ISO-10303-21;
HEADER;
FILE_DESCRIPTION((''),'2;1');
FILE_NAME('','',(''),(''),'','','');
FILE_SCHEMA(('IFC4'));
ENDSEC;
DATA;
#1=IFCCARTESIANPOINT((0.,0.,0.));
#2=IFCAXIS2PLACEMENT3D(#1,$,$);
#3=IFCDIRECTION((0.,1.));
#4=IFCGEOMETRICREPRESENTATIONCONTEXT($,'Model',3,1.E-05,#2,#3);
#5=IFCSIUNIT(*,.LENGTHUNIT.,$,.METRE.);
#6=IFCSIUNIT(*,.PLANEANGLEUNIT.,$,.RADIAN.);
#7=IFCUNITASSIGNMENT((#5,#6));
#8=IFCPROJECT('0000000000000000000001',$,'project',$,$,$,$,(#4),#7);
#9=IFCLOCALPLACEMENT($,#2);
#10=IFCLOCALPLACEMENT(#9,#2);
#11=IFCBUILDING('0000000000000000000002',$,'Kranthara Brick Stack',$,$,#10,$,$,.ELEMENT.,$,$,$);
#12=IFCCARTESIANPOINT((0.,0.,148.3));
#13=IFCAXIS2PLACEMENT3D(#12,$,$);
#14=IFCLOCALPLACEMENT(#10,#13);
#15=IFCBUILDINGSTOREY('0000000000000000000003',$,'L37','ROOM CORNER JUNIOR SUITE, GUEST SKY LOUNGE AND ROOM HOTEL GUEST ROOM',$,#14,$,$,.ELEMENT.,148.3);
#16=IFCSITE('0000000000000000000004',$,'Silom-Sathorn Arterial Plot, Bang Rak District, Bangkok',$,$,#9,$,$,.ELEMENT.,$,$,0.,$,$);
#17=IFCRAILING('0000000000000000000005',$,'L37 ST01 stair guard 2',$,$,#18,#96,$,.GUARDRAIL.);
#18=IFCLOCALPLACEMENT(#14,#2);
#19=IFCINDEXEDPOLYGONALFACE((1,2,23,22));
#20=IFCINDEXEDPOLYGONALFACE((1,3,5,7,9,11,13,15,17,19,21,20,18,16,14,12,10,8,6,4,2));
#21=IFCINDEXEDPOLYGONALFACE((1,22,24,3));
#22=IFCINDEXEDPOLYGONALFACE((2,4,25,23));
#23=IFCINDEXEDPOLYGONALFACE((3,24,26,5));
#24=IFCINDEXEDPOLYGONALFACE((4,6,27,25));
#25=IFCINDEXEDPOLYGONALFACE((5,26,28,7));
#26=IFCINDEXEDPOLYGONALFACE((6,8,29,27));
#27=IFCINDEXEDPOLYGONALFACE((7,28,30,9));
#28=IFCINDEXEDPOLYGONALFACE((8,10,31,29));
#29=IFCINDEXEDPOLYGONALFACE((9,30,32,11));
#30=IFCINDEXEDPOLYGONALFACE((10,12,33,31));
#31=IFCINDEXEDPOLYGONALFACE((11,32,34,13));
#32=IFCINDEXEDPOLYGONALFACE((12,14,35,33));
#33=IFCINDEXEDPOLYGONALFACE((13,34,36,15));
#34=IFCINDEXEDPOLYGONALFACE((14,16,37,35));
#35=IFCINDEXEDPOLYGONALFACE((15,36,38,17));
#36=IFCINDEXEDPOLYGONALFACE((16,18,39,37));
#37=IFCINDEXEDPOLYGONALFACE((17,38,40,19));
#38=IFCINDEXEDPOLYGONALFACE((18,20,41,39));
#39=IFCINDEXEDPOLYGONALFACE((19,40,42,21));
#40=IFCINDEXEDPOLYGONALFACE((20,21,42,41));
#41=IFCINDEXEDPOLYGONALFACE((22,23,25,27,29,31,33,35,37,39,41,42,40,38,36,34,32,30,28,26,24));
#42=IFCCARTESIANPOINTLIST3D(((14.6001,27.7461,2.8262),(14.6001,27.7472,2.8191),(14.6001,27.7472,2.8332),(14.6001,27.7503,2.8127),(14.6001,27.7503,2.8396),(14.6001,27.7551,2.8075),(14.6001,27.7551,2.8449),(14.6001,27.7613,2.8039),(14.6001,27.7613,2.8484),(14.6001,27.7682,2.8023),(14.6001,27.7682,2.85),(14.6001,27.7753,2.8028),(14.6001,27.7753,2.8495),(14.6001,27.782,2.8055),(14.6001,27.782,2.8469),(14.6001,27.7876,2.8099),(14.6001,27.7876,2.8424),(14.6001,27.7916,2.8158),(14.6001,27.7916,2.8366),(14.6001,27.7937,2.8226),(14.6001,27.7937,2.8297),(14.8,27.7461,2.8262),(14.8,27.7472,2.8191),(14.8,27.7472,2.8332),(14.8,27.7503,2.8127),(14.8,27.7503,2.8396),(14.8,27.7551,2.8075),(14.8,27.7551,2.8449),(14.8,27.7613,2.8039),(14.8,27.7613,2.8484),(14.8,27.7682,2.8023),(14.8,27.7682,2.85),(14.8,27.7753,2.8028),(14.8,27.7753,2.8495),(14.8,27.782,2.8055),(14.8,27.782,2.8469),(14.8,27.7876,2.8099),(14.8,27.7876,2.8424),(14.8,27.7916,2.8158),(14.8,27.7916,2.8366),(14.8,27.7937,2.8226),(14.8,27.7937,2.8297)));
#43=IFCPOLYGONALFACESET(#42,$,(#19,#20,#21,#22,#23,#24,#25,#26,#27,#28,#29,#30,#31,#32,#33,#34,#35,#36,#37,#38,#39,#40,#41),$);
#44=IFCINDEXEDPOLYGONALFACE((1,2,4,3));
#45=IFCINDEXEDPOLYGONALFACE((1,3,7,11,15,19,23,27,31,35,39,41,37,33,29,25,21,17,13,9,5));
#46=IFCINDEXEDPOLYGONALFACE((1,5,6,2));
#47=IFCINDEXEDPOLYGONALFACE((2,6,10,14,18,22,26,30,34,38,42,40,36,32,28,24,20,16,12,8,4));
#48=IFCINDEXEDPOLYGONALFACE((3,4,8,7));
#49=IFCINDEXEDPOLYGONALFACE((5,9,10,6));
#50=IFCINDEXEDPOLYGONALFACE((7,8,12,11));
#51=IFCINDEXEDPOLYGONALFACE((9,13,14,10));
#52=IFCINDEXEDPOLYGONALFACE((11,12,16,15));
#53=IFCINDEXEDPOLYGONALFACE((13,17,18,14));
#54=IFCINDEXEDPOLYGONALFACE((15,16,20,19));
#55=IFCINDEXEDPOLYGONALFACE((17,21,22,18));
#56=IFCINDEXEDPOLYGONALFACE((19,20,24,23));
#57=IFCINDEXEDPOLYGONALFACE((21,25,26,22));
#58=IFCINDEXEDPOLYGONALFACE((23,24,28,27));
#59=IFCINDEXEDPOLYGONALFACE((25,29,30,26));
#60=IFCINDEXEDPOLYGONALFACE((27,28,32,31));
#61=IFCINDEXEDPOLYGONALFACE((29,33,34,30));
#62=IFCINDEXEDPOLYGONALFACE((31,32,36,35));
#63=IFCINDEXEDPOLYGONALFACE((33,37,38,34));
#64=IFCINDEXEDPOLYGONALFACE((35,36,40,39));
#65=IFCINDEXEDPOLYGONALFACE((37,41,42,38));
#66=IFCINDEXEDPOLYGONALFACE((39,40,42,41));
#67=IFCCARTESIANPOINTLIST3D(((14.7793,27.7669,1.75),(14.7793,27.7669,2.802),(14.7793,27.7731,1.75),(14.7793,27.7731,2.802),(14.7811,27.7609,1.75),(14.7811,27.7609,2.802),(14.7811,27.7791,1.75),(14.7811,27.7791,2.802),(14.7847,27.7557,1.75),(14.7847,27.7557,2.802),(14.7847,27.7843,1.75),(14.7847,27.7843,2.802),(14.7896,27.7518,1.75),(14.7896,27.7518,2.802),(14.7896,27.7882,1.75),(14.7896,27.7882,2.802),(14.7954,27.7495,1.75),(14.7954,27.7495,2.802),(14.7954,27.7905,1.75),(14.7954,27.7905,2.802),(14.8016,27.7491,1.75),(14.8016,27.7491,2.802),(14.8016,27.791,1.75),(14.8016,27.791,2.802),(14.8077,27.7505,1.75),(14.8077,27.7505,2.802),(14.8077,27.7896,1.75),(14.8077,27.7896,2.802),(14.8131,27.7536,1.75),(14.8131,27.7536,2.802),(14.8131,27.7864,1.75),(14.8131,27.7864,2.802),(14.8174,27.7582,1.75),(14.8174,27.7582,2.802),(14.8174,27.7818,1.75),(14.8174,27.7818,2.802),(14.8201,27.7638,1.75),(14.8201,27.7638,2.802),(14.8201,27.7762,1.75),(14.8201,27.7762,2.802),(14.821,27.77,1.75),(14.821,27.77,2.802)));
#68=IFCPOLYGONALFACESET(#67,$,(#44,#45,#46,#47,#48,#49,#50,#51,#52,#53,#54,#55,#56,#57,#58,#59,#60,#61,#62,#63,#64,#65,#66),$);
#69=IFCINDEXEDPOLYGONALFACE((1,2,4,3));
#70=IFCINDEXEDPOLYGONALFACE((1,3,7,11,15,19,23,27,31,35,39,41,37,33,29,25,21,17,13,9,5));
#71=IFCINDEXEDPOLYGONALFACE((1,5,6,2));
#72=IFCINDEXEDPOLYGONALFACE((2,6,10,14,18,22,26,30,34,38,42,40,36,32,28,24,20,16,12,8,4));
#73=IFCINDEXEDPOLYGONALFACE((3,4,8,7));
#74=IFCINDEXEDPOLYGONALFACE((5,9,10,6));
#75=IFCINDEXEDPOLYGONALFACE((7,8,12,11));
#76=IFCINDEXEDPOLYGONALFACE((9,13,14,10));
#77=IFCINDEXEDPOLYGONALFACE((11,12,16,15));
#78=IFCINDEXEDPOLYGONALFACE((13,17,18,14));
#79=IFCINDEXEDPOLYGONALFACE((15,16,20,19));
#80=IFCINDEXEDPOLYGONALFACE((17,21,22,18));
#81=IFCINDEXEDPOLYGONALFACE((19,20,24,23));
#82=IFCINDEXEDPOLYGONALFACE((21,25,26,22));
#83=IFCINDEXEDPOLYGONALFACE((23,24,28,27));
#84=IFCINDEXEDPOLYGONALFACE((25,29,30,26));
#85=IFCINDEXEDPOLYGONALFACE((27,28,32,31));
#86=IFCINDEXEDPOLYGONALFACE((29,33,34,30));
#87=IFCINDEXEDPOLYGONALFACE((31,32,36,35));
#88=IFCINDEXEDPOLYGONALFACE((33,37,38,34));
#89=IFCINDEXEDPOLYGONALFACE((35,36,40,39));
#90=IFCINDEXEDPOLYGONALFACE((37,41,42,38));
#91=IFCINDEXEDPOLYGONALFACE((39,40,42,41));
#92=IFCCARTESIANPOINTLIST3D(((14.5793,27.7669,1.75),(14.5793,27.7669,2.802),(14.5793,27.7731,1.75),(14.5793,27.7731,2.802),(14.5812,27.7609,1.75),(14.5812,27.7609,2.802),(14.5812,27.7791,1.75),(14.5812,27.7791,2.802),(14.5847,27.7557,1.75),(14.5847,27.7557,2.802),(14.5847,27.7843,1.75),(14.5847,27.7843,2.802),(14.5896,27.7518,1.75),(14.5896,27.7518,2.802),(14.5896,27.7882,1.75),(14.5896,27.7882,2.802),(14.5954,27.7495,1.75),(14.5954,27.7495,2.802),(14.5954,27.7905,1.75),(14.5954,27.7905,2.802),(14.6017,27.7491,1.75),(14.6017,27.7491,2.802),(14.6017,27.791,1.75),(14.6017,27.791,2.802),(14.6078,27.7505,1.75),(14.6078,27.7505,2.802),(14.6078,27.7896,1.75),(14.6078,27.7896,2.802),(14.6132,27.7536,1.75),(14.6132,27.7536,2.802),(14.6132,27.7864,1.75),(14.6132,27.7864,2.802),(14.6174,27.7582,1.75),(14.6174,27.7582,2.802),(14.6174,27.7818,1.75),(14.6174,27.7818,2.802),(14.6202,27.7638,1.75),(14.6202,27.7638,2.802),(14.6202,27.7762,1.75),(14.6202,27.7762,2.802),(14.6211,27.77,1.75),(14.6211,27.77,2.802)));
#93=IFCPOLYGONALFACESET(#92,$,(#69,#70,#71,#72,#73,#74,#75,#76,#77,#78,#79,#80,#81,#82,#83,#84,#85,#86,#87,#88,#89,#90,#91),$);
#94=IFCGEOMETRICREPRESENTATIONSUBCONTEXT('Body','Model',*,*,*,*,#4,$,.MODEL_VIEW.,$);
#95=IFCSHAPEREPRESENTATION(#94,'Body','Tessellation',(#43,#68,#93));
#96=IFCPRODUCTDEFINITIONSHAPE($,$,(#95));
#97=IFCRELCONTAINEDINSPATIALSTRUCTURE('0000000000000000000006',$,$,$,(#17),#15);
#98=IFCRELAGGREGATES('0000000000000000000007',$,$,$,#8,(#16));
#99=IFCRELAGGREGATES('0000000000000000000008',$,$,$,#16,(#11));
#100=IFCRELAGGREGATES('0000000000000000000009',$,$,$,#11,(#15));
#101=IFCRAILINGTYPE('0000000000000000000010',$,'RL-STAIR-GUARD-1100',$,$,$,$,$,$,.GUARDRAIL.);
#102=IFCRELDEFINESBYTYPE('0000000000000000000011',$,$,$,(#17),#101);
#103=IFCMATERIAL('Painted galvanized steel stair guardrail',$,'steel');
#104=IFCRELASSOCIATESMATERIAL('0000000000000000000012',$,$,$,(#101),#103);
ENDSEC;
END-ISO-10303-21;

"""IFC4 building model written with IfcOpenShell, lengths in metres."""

from ifc_helpers import new_model, si_unit, direction, frame, origin, origin_2d, place, context, subcontext, project, spatial, circle, extrude, material, type_object, element, save


model = new_model("IFC4")

# Units and contexts
model_context = context("Model", 3, precision=1e-05, world=origin(), true_north=direction((0.0, 1.0)))
body_context = subcontext(model_context, "Body", "Model", "MODEL_VIEW")
ifc_project = project(units=[si_unit("LENGTHUNIT", "METRE"), si_unit("PLANEANGLEUNIT", "RADIAN")], contexts=[model_context])

# Site, building, storey
site_placement = place(None, origin())
site = spatial("IfcSite", under=ifc_project, at=site_placement, Name="Silom-Sathorn Arterial Plot, Bang Rak District, Bangkok", CompositionType="ELEMENT", RefElevation=0.0)
building_placement = place(site_placement, origin())
building = spatial("IfcBuilding", under=site, at=building_placement, Name="Kranthara Brick Stack", CompositionType="ELEMENT")
storey_placement = place(building_placement, frame((0.0, 0.0, 148.3)))
storey = spatial("IfcBuildingStorey", under=building, at=storey_placement, Name="L37", Description="ROOM CORNER JUNIOR SUITE, GUEST SKY LOUNGE AND ROOM HOTEL GUEST ROOM", CompositionType="ELEMENT", Elevation=148.3)

# Railing
ifc_material_1 = material(Name="Painted galvanized steel stair guardrail", Category="steel")
railing_type_1 = type_object("IfcRailingType", Name="RL-STAIR-GUARD-1100", PredefinedType="GUARDRAIL", material=ifc_material_1)
railing_1_placement = place(storey_placement, frame((14.8, 27.77, 1.75)))
element("IfcRailing", 1, at=railing_1_placement, inside=storey, type_object=railing_type_1, Name="L37 ST01 stair guard 2", PredefinedType="GUARDRAIL", context=body_context, shape_type="SweptSolid", body=[
    extrude(circle(Radius=0.0239, at=origin_2d()), frame((0.0, 0.0, 1.0762), z_axis=(-1.0, 0.0, 0.0), x_axis=(0.0, -1.0, 0.0)), (0.0, 0.0, 1.0), 0.2),
    extrude(circle(Radius=0.021, at=origin_2d()), origin(), (0.0, 0.0, 1.0), 1.052),
    extrude(circle(Radius=0.021, at=origin_2d()), frame((-0.2, 0.0, 0.0)), (0.0, 0.0, 1.0), 1.052),
])

save(model, "model.ifc")
